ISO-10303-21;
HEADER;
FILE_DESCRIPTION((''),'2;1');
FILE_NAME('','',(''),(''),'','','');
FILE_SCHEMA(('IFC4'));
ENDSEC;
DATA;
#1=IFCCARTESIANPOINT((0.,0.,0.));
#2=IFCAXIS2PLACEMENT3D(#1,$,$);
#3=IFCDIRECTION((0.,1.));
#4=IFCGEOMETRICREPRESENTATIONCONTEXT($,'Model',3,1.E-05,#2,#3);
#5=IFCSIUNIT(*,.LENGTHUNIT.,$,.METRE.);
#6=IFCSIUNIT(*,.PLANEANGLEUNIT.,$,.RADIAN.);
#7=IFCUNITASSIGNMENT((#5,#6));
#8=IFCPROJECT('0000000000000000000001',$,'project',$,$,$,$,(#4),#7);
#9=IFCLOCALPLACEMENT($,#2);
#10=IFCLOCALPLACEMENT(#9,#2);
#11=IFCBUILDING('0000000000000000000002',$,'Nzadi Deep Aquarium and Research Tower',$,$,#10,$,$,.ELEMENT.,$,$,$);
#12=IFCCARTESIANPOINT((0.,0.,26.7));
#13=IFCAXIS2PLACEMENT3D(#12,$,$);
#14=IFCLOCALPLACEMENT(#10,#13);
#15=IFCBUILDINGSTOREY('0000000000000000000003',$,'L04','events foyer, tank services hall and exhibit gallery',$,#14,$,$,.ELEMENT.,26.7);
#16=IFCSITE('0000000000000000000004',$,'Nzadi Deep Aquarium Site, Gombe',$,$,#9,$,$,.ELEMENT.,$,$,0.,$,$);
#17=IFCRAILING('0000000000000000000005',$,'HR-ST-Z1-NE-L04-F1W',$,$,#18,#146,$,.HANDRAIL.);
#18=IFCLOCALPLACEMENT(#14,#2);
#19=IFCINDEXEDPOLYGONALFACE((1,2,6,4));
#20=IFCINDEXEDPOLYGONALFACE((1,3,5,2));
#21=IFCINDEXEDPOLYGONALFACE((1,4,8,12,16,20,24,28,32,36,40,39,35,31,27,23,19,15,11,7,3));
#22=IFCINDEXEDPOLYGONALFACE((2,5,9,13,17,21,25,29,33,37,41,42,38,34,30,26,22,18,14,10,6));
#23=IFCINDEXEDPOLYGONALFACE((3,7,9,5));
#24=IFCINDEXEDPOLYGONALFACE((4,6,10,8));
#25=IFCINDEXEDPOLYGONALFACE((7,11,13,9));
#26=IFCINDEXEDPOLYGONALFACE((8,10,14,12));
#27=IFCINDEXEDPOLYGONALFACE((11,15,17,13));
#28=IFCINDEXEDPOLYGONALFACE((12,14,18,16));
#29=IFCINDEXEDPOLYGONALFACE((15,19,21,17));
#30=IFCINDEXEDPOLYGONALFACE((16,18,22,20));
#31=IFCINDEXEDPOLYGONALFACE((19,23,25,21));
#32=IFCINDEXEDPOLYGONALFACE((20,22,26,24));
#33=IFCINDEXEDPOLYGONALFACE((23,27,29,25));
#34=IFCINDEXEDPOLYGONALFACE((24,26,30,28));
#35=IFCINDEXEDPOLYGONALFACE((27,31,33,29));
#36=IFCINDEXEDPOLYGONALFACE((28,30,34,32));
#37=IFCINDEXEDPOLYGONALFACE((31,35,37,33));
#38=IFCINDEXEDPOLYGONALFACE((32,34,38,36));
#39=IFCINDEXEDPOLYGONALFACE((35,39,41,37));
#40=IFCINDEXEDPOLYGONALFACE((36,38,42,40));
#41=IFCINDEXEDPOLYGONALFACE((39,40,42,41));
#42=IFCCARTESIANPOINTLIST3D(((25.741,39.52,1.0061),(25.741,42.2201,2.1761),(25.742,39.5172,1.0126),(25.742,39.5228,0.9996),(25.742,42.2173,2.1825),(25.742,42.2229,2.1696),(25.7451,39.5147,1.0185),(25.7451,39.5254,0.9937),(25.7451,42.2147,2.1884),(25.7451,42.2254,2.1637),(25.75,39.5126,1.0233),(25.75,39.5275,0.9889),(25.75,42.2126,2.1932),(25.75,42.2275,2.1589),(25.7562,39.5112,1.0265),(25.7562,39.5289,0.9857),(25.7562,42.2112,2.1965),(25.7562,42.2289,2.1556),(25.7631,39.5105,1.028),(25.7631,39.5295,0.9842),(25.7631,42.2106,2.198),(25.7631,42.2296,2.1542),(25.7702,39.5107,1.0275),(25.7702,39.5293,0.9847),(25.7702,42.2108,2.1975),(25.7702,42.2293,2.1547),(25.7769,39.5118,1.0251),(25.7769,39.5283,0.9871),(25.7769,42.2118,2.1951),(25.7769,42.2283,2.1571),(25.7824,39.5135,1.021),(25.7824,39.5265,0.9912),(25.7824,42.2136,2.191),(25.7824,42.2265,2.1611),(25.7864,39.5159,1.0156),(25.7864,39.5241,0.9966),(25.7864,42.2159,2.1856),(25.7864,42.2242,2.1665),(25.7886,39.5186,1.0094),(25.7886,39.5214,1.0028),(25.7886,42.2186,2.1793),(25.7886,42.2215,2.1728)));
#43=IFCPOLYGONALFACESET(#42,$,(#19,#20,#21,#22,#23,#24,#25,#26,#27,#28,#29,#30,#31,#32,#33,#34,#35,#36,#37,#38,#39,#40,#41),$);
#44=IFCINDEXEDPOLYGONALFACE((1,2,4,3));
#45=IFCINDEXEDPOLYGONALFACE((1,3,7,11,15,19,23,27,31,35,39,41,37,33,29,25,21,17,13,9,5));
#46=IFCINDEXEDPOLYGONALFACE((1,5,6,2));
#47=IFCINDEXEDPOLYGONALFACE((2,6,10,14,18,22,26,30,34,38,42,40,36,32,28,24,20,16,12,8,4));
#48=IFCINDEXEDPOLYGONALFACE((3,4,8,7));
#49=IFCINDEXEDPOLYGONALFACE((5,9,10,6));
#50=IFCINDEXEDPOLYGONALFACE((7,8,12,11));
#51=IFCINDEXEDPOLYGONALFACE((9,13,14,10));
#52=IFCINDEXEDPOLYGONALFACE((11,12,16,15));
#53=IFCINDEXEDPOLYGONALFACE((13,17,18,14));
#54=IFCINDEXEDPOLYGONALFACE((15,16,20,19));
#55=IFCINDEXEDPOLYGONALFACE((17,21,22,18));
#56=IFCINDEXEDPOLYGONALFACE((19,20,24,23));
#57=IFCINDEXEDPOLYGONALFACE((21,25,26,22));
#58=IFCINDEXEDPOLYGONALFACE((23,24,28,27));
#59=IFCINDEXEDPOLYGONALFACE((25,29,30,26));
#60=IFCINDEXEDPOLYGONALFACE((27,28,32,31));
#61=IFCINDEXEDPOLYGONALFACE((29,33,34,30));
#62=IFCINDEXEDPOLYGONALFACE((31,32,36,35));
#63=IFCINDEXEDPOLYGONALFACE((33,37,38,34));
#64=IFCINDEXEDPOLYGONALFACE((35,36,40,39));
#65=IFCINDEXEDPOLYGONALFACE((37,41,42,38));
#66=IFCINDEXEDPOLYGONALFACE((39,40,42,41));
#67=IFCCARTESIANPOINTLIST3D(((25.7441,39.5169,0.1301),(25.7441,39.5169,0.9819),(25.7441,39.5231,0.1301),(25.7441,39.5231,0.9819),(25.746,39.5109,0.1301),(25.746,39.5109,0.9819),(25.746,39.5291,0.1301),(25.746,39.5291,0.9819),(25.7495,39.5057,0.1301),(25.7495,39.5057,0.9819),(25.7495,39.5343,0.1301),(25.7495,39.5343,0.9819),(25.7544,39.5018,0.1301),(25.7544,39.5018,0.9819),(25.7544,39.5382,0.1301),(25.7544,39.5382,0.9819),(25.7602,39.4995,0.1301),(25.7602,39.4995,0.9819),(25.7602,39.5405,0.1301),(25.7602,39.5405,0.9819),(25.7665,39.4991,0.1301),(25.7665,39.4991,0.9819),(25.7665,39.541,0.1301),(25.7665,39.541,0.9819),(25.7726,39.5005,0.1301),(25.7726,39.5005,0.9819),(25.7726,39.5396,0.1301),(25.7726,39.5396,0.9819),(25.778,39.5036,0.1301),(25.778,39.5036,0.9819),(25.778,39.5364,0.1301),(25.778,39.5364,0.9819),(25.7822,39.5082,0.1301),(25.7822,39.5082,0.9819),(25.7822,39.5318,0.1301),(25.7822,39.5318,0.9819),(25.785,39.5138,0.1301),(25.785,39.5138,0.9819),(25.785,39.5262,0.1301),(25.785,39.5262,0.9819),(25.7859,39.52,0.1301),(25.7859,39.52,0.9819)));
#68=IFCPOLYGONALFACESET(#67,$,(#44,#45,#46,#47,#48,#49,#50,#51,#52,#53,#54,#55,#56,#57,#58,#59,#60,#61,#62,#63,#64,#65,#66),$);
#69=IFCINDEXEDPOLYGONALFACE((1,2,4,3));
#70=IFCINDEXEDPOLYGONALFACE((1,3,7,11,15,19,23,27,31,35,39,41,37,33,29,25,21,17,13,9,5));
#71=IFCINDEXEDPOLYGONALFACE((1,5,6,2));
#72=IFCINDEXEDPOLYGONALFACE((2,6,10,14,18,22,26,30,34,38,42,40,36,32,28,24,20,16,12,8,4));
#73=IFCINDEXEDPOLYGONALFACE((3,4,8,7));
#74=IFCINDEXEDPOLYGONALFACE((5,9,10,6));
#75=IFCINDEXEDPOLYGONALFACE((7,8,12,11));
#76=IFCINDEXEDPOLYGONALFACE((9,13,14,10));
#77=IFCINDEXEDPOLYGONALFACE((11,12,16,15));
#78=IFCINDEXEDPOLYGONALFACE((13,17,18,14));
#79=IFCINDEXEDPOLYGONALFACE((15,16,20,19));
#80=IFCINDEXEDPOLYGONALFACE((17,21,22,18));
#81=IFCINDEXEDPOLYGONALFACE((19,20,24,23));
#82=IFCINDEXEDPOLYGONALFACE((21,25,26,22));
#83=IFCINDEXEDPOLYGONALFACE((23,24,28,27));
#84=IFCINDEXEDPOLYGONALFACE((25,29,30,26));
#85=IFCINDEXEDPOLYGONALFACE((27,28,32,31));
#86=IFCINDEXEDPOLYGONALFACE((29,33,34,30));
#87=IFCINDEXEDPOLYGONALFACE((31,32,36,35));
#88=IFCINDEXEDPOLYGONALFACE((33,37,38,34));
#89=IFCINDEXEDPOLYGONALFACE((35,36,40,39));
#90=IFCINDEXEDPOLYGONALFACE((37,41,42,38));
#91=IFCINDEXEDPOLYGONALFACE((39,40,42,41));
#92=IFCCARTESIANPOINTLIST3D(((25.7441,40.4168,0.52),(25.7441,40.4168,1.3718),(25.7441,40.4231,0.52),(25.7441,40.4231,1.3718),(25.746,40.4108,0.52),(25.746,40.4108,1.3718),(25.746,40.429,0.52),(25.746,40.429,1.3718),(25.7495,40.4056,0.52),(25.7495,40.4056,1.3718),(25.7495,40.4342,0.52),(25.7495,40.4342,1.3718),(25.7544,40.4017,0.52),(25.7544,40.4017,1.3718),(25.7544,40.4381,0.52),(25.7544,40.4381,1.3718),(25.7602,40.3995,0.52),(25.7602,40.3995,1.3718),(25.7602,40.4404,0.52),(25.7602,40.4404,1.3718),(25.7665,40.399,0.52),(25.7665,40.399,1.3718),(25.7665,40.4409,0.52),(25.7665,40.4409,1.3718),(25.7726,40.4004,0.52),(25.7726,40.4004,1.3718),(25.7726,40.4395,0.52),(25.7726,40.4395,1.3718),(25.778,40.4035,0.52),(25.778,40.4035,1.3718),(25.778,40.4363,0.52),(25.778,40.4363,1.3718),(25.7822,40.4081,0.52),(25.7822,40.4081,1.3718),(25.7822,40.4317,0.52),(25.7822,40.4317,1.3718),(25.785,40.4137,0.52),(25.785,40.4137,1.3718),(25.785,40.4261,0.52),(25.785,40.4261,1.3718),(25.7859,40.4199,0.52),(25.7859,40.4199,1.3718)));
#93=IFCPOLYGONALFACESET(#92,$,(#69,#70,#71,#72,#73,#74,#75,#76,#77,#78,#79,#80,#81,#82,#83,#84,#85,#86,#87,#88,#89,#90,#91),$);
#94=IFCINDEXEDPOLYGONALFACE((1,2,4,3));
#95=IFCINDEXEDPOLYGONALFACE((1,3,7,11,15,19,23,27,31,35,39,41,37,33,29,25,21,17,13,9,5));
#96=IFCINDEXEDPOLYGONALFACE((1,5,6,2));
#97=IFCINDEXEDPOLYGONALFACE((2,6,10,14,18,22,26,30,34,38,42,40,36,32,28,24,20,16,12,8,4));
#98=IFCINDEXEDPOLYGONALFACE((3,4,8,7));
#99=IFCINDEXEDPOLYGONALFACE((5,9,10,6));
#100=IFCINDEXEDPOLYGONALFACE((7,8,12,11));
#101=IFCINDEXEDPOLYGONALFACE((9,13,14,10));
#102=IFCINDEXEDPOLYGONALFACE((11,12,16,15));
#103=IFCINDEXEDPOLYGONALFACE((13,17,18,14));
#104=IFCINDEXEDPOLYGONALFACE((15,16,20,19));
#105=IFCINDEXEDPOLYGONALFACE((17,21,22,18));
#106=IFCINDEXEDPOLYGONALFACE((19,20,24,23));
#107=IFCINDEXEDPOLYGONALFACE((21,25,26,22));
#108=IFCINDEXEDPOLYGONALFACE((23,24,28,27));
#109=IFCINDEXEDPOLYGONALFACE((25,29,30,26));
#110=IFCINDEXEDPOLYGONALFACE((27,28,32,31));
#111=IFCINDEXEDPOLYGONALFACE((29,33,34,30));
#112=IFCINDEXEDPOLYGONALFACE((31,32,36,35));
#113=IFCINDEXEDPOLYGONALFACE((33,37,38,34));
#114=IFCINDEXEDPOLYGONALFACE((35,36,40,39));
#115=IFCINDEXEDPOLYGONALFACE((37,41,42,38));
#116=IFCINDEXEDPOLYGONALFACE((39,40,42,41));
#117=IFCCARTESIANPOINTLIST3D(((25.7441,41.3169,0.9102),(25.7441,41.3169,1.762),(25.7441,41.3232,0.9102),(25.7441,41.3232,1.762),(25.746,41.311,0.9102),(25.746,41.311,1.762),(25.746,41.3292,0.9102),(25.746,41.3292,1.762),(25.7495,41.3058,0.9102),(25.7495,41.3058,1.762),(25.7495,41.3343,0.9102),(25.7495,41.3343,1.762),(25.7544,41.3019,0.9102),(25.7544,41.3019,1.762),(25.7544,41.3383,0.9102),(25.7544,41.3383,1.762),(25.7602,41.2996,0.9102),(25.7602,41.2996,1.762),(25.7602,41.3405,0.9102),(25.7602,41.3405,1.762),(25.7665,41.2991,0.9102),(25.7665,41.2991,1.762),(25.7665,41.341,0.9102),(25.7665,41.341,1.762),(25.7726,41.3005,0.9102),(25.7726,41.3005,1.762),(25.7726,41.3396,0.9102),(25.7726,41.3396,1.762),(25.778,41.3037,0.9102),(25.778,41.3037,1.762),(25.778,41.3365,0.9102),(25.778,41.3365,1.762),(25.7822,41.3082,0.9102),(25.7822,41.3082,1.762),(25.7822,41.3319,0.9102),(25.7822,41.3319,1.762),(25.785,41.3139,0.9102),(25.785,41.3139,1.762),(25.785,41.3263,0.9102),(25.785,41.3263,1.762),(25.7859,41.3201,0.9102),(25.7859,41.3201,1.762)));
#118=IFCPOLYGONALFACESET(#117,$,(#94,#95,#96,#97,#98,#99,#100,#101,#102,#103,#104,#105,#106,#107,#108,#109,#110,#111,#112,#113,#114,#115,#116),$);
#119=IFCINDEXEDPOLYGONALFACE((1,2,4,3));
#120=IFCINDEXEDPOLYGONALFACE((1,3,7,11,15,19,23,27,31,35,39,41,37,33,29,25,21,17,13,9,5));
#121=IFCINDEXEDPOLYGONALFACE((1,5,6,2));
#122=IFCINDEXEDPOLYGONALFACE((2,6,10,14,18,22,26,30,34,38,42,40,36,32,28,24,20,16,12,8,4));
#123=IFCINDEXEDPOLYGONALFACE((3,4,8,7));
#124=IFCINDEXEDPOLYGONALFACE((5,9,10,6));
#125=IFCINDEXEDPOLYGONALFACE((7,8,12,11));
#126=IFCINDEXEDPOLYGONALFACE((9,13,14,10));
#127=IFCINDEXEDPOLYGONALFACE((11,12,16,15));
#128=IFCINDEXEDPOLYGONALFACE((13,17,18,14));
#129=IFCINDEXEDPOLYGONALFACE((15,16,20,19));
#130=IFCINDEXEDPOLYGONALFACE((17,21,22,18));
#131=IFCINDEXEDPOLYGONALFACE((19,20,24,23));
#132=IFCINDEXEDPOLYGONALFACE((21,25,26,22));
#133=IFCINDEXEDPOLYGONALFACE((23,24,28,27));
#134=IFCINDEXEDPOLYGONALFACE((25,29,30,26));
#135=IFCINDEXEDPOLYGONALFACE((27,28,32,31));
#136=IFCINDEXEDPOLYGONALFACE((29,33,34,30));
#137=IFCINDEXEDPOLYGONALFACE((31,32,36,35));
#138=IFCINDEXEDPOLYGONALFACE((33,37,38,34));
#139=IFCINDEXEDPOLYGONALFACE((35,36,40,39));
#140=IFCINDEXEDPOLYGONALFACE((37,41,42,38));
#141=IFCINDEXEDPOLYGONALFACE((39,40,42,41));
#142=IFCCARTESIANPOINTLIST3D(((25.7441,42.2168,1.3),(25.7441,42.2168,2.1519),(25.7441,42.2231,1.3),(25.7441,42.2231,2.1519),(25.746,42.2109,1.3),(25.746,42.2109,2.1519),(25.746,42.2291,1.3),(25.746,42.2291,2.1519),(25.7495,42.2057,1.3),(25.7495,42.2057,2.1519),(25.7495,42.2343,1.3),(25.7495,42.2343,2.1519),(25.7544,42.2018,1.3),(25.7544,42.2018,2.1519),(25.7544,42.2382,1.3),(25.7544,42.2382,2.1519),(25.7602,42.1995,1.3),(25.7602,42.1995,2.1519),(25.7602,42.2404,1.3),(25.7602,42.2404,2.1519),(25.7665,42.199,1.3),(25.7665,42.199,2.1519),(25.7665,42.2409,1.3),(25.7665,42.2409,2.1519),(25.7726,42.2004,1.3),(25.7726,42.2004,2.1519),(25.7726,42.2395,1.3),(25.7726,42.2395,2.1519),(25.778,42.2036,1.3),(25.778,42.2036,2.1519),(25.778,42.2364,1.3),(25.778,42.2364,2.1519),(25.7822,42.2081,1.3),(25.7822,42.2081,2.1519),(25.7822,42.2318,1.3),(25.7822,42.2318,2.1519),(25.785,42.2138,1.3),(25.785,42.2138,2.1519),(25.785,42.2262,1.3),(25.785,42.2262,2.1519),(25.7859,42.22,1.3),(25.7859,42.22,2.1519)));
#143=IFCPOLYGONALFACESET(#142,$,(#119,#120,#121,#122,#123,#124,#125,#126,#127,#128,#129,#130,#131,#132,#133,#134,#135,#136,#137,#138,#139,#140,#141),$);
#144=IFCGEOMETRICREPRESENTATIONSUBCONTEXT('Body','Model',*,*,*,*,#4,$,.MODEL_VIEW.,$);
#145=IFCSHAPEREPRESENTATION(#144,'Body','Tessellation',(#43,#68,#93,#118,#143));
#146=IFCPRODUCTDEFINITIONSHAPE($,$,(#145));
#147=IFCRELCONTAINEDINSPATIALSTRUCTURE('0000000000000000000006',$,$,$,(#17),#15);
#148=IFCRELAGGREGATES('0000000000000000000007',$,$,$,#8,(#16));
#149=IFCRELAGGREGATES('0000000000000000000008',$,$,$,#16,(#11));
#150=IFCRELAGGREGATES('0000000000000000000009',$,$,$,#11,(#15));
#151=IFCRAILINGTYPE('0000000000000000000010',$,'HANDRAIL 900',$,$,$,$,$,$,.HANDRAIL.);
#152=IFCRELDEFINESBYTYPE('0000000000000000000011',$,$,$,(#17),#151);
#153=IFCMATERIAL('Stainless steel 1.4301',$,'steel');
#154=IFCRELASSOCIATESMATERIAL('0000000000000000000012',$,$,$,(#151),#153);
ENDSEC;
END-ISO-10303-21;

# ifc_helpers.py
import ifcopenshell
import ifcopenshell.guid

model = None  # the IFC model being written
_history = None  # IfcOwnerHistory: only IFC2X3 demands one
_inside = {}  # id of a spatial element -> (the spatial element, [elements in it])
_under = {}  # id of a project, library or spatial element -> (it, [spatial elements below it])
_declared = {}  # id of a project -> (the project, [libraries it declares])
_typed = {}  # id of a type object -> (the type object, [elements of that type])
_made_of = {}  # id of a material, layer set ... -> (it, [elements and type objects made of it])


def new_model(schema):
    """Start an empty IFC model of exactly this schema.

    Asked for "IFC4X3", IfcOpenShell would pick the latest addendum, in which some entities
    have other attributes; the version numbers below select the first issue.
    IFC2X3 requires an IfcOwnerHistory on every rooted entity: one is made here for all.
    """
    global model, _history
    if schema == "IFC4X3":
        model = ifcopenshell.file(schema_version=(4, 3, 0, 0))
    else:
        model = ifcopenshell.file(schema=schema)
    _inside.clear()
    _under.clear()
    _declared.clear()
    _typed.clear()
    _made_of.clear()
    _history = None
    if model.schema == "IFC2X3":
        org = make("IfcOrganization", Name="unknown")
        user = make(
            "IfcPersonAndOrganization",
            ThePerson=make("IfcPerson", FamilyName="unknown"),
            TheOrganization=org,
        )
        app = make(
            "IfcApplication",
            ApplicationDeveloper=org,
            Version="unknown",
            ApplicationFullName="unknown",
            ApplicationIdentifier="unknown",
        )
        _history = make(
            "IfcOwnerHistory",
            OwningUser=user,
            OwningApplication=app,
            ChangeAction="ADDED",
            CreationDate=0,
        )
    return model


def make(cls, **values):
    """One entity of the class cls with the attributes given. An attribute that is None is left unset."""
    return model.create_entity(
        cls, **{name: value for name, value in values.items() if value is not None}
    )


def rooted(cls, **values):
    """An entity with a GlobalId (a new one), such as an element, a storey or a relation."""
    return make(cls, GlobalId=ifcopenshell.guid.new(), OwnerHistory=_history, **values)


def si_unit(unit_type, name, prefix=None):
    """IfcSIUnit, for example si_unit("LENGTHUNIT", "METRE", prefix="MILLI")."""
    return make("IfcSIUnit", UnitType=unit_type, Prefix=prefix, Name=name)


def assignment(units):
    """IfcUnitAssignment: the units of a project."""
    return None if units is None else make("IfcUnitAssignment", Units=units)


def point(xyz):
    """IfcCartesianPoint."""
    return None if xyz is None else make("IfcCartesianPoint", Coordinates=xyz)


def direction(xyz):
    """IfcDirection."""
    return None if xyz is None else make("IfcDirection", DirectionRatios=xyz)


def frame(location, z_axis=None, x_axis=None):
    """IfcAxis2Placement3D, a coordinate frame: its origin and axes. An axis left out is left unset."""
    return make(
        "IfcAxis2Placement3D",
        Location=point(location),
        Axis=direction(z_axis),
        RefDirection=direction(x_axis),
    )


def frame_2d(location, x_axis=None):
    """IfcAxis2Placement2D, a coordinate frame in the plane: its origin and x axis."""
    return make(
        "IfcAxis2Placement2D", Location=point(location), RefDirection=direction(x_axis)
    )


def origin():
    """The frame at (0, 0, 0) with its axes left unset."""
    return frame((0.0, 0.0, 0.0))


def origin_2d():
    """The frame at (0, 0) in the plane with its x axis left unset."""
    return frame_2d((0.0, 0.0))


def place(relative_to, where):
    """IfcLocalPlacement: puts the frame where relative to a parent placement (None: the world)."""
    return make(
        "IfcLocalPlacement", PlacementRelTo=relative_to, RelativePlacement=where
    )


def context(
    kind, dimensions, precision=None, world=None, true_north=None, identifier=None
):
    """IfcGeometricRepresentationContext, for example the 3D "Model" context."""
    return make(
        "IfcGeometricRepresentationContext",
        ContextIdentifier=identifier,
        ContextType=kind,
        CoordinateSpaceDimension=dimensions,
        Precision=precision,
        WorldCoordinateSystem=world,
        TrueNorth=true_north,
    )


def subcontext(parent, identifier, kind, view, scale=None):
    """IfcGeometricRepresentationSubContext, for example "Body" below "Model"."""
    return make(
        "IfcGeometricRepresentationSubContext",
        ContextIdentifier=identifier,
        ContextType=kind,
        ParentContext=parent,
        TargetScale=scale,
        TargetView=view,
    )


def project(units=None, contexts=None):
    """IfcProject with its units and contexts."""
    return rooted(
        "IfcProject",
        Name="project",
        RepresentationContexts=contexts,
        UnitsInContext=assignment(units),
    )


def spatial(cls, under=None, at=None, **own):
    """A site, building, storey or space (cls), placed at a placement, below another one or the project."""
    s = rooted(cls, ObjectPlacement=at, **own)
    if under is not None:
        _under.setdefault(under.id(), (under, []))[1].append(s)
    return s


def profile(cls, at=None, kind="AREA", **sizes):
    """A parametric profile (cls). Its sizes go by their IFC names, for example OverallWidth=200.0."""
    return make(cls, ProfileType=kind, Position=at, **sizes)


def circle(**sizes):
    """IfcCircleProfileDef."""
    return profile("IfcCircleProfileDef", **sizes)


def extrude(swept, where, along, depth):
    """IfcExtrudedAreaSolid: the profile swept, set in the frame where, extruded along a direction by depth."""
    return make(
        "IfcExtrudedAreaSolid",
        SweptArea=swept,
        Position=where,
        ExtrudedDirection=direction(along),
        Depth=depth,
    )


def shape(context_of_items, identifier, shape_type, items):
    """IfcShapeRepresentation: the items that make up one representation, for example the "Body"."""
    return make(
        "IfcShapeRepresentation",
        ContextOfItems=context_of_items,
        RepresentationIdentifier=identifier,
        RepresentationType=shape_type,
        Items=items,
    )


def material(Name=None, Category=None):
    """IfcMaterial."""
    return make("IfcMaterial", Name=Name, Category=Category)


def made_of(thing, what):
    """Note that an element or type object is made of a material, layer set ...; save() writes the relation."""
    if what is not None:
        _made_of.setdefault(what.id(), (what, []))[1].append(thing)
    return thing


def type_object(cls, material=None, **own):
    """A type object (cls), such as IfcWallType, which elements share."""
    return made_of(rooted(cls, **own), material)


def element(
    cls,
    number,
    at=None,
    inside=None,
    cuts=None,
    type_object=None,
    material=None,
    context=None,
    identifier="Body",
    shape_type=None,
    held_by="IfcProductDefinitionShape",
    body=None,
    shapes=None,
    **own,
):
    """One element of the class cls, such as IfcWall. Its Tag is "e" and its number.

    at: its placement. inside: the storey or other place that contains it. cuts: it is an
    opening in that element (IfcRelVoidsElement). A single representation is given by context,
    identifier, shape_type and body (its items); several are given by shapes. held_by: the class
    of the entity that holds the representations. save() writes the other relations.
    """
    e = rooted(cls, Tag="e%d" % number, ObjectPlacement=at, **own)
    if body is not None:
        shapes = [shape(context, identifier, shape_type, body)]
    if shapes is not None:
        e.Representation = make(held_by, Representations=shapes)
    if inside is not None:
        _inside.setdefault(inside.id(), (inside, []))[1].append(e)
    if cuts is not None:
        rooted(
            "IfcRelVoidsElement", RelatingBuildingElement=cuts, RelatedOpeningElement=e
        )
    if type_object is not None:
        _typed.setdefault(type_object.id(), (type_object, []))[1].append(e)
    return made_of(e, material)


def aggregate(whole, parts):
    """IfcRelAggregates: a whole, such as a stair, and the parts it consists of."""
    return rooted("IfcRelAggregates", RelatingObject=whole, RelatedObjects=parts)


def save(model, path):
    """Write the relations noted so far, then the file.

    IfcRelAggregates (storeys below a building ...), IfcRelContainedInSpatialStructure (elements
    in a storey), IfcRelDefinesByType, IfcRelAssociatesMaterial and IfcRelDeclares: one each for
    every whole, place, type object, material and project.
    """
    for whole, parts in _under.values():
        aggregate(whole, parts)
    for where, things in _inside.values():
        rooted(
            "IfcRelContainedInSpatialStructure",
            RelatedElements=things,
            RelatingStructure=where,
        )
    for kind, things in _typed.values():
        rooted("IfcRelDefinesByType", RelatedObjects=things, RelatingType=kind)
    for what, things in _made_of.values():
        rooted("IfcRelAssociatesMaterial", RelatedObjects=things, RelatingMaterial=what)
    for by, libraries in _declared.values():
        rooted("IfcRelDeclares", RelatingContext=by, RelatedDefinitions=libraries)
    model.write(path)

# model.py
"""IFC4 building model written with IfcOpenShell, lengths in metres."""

from ifc_helpers import new_model, si_unit, direction, frame, origin, origin_2d, place, context, subcontext, project, spatial, circle, extrude, material, type_object, element, save


model = new_model("IFC4")

# Units and contexts
model_context = context("Model", 3, precision=1e-05, world=origin(), true_north=direction((0.0, 1.0)))
body_context = subcontext(model_context, "Body", "Model", "MODEL_VIEW")
ifc_project = project(units=[si_unit("LENGTHUNIT", "METRE"), si_unit("PLANEANGLEUNIT", "RADIAN")], contexts=[model_context])

# Site, building, storey
site_placement = place(None, origin())
site = spatial("IfcSite", under=ifc_project, at=site_placement, Name="Nzadi Deep Aquarium Site, Gombe", CompositionType="ELEMENT", RefElevation=0.0)
building_placement = place(site_placement, origin())
building = spatial("IfcBuilding", under=site, at=building_placement, Name="Nzadi Deep Aquarium and Research Tower", CompositionType="ELEMENT")
storey_placement = place(building_placement, frame((0.0, 0.0, 26.7)))
storey = spatial("IfcBuildingStorey", under=building, at=storey_placement, Name="L04", Description="events foyer, tank services hall and exhibit gallery", CompositionType="ELEMENT", Elevation=26.7)

# Railing
ifc_material_1 = material(Name="Stainless steel 1.4301", Category="steel")
railing_type = type_object("IfcRailingType", Name="HANDRAIL 900", PredefinedType="HANDRAIL", material=ifc_material_1)
railing_1_placement = place(storey_placement, frame((25.7649, 39.52, 0.1301)))
element("IfcRailing", 1, at=railing_1_placement, inside=storey, type_object=railing_type, Name="HR-ST-Z1-NE-L04-F1W", PredefinedType="HANDRAIL", context=body_context, shape_type="SweptSolid", body=[
    extrude(circle(Radius=0.0239, at=origin_2d()), frame((0.0, 0.0, 0.876), z_axis=(0.0, 0.917563, 0.397591), x_axis=(-1.0, 0.0, 0.0)), (0.0, 0.0, 1.0), 2.9426),
    extrude(circle(Radius=0.021, at=origin_2d()), origin(), (0.0, 0.0, 1.0), 0.8518),
    extrude(circle(Radius=0.021, at=origin_2d()), frame((0.0, 0.8999, 0.3899)), (0.0, 0.0, 1.0), 0.8518),
    extrude(circle(Radius=0.021, at=origin_2d()), frame((0.0, 1.8, 0.78)), (0.0, 0.0, 1.0), 0.8518),
    extrude(circle(Radius=0.021, at=origin_2d()), frame((0.0, 2.7, 1.1699)), (0.0, 0.0, 1.0), 0.8518),
])

save(model, "model.ifc")
